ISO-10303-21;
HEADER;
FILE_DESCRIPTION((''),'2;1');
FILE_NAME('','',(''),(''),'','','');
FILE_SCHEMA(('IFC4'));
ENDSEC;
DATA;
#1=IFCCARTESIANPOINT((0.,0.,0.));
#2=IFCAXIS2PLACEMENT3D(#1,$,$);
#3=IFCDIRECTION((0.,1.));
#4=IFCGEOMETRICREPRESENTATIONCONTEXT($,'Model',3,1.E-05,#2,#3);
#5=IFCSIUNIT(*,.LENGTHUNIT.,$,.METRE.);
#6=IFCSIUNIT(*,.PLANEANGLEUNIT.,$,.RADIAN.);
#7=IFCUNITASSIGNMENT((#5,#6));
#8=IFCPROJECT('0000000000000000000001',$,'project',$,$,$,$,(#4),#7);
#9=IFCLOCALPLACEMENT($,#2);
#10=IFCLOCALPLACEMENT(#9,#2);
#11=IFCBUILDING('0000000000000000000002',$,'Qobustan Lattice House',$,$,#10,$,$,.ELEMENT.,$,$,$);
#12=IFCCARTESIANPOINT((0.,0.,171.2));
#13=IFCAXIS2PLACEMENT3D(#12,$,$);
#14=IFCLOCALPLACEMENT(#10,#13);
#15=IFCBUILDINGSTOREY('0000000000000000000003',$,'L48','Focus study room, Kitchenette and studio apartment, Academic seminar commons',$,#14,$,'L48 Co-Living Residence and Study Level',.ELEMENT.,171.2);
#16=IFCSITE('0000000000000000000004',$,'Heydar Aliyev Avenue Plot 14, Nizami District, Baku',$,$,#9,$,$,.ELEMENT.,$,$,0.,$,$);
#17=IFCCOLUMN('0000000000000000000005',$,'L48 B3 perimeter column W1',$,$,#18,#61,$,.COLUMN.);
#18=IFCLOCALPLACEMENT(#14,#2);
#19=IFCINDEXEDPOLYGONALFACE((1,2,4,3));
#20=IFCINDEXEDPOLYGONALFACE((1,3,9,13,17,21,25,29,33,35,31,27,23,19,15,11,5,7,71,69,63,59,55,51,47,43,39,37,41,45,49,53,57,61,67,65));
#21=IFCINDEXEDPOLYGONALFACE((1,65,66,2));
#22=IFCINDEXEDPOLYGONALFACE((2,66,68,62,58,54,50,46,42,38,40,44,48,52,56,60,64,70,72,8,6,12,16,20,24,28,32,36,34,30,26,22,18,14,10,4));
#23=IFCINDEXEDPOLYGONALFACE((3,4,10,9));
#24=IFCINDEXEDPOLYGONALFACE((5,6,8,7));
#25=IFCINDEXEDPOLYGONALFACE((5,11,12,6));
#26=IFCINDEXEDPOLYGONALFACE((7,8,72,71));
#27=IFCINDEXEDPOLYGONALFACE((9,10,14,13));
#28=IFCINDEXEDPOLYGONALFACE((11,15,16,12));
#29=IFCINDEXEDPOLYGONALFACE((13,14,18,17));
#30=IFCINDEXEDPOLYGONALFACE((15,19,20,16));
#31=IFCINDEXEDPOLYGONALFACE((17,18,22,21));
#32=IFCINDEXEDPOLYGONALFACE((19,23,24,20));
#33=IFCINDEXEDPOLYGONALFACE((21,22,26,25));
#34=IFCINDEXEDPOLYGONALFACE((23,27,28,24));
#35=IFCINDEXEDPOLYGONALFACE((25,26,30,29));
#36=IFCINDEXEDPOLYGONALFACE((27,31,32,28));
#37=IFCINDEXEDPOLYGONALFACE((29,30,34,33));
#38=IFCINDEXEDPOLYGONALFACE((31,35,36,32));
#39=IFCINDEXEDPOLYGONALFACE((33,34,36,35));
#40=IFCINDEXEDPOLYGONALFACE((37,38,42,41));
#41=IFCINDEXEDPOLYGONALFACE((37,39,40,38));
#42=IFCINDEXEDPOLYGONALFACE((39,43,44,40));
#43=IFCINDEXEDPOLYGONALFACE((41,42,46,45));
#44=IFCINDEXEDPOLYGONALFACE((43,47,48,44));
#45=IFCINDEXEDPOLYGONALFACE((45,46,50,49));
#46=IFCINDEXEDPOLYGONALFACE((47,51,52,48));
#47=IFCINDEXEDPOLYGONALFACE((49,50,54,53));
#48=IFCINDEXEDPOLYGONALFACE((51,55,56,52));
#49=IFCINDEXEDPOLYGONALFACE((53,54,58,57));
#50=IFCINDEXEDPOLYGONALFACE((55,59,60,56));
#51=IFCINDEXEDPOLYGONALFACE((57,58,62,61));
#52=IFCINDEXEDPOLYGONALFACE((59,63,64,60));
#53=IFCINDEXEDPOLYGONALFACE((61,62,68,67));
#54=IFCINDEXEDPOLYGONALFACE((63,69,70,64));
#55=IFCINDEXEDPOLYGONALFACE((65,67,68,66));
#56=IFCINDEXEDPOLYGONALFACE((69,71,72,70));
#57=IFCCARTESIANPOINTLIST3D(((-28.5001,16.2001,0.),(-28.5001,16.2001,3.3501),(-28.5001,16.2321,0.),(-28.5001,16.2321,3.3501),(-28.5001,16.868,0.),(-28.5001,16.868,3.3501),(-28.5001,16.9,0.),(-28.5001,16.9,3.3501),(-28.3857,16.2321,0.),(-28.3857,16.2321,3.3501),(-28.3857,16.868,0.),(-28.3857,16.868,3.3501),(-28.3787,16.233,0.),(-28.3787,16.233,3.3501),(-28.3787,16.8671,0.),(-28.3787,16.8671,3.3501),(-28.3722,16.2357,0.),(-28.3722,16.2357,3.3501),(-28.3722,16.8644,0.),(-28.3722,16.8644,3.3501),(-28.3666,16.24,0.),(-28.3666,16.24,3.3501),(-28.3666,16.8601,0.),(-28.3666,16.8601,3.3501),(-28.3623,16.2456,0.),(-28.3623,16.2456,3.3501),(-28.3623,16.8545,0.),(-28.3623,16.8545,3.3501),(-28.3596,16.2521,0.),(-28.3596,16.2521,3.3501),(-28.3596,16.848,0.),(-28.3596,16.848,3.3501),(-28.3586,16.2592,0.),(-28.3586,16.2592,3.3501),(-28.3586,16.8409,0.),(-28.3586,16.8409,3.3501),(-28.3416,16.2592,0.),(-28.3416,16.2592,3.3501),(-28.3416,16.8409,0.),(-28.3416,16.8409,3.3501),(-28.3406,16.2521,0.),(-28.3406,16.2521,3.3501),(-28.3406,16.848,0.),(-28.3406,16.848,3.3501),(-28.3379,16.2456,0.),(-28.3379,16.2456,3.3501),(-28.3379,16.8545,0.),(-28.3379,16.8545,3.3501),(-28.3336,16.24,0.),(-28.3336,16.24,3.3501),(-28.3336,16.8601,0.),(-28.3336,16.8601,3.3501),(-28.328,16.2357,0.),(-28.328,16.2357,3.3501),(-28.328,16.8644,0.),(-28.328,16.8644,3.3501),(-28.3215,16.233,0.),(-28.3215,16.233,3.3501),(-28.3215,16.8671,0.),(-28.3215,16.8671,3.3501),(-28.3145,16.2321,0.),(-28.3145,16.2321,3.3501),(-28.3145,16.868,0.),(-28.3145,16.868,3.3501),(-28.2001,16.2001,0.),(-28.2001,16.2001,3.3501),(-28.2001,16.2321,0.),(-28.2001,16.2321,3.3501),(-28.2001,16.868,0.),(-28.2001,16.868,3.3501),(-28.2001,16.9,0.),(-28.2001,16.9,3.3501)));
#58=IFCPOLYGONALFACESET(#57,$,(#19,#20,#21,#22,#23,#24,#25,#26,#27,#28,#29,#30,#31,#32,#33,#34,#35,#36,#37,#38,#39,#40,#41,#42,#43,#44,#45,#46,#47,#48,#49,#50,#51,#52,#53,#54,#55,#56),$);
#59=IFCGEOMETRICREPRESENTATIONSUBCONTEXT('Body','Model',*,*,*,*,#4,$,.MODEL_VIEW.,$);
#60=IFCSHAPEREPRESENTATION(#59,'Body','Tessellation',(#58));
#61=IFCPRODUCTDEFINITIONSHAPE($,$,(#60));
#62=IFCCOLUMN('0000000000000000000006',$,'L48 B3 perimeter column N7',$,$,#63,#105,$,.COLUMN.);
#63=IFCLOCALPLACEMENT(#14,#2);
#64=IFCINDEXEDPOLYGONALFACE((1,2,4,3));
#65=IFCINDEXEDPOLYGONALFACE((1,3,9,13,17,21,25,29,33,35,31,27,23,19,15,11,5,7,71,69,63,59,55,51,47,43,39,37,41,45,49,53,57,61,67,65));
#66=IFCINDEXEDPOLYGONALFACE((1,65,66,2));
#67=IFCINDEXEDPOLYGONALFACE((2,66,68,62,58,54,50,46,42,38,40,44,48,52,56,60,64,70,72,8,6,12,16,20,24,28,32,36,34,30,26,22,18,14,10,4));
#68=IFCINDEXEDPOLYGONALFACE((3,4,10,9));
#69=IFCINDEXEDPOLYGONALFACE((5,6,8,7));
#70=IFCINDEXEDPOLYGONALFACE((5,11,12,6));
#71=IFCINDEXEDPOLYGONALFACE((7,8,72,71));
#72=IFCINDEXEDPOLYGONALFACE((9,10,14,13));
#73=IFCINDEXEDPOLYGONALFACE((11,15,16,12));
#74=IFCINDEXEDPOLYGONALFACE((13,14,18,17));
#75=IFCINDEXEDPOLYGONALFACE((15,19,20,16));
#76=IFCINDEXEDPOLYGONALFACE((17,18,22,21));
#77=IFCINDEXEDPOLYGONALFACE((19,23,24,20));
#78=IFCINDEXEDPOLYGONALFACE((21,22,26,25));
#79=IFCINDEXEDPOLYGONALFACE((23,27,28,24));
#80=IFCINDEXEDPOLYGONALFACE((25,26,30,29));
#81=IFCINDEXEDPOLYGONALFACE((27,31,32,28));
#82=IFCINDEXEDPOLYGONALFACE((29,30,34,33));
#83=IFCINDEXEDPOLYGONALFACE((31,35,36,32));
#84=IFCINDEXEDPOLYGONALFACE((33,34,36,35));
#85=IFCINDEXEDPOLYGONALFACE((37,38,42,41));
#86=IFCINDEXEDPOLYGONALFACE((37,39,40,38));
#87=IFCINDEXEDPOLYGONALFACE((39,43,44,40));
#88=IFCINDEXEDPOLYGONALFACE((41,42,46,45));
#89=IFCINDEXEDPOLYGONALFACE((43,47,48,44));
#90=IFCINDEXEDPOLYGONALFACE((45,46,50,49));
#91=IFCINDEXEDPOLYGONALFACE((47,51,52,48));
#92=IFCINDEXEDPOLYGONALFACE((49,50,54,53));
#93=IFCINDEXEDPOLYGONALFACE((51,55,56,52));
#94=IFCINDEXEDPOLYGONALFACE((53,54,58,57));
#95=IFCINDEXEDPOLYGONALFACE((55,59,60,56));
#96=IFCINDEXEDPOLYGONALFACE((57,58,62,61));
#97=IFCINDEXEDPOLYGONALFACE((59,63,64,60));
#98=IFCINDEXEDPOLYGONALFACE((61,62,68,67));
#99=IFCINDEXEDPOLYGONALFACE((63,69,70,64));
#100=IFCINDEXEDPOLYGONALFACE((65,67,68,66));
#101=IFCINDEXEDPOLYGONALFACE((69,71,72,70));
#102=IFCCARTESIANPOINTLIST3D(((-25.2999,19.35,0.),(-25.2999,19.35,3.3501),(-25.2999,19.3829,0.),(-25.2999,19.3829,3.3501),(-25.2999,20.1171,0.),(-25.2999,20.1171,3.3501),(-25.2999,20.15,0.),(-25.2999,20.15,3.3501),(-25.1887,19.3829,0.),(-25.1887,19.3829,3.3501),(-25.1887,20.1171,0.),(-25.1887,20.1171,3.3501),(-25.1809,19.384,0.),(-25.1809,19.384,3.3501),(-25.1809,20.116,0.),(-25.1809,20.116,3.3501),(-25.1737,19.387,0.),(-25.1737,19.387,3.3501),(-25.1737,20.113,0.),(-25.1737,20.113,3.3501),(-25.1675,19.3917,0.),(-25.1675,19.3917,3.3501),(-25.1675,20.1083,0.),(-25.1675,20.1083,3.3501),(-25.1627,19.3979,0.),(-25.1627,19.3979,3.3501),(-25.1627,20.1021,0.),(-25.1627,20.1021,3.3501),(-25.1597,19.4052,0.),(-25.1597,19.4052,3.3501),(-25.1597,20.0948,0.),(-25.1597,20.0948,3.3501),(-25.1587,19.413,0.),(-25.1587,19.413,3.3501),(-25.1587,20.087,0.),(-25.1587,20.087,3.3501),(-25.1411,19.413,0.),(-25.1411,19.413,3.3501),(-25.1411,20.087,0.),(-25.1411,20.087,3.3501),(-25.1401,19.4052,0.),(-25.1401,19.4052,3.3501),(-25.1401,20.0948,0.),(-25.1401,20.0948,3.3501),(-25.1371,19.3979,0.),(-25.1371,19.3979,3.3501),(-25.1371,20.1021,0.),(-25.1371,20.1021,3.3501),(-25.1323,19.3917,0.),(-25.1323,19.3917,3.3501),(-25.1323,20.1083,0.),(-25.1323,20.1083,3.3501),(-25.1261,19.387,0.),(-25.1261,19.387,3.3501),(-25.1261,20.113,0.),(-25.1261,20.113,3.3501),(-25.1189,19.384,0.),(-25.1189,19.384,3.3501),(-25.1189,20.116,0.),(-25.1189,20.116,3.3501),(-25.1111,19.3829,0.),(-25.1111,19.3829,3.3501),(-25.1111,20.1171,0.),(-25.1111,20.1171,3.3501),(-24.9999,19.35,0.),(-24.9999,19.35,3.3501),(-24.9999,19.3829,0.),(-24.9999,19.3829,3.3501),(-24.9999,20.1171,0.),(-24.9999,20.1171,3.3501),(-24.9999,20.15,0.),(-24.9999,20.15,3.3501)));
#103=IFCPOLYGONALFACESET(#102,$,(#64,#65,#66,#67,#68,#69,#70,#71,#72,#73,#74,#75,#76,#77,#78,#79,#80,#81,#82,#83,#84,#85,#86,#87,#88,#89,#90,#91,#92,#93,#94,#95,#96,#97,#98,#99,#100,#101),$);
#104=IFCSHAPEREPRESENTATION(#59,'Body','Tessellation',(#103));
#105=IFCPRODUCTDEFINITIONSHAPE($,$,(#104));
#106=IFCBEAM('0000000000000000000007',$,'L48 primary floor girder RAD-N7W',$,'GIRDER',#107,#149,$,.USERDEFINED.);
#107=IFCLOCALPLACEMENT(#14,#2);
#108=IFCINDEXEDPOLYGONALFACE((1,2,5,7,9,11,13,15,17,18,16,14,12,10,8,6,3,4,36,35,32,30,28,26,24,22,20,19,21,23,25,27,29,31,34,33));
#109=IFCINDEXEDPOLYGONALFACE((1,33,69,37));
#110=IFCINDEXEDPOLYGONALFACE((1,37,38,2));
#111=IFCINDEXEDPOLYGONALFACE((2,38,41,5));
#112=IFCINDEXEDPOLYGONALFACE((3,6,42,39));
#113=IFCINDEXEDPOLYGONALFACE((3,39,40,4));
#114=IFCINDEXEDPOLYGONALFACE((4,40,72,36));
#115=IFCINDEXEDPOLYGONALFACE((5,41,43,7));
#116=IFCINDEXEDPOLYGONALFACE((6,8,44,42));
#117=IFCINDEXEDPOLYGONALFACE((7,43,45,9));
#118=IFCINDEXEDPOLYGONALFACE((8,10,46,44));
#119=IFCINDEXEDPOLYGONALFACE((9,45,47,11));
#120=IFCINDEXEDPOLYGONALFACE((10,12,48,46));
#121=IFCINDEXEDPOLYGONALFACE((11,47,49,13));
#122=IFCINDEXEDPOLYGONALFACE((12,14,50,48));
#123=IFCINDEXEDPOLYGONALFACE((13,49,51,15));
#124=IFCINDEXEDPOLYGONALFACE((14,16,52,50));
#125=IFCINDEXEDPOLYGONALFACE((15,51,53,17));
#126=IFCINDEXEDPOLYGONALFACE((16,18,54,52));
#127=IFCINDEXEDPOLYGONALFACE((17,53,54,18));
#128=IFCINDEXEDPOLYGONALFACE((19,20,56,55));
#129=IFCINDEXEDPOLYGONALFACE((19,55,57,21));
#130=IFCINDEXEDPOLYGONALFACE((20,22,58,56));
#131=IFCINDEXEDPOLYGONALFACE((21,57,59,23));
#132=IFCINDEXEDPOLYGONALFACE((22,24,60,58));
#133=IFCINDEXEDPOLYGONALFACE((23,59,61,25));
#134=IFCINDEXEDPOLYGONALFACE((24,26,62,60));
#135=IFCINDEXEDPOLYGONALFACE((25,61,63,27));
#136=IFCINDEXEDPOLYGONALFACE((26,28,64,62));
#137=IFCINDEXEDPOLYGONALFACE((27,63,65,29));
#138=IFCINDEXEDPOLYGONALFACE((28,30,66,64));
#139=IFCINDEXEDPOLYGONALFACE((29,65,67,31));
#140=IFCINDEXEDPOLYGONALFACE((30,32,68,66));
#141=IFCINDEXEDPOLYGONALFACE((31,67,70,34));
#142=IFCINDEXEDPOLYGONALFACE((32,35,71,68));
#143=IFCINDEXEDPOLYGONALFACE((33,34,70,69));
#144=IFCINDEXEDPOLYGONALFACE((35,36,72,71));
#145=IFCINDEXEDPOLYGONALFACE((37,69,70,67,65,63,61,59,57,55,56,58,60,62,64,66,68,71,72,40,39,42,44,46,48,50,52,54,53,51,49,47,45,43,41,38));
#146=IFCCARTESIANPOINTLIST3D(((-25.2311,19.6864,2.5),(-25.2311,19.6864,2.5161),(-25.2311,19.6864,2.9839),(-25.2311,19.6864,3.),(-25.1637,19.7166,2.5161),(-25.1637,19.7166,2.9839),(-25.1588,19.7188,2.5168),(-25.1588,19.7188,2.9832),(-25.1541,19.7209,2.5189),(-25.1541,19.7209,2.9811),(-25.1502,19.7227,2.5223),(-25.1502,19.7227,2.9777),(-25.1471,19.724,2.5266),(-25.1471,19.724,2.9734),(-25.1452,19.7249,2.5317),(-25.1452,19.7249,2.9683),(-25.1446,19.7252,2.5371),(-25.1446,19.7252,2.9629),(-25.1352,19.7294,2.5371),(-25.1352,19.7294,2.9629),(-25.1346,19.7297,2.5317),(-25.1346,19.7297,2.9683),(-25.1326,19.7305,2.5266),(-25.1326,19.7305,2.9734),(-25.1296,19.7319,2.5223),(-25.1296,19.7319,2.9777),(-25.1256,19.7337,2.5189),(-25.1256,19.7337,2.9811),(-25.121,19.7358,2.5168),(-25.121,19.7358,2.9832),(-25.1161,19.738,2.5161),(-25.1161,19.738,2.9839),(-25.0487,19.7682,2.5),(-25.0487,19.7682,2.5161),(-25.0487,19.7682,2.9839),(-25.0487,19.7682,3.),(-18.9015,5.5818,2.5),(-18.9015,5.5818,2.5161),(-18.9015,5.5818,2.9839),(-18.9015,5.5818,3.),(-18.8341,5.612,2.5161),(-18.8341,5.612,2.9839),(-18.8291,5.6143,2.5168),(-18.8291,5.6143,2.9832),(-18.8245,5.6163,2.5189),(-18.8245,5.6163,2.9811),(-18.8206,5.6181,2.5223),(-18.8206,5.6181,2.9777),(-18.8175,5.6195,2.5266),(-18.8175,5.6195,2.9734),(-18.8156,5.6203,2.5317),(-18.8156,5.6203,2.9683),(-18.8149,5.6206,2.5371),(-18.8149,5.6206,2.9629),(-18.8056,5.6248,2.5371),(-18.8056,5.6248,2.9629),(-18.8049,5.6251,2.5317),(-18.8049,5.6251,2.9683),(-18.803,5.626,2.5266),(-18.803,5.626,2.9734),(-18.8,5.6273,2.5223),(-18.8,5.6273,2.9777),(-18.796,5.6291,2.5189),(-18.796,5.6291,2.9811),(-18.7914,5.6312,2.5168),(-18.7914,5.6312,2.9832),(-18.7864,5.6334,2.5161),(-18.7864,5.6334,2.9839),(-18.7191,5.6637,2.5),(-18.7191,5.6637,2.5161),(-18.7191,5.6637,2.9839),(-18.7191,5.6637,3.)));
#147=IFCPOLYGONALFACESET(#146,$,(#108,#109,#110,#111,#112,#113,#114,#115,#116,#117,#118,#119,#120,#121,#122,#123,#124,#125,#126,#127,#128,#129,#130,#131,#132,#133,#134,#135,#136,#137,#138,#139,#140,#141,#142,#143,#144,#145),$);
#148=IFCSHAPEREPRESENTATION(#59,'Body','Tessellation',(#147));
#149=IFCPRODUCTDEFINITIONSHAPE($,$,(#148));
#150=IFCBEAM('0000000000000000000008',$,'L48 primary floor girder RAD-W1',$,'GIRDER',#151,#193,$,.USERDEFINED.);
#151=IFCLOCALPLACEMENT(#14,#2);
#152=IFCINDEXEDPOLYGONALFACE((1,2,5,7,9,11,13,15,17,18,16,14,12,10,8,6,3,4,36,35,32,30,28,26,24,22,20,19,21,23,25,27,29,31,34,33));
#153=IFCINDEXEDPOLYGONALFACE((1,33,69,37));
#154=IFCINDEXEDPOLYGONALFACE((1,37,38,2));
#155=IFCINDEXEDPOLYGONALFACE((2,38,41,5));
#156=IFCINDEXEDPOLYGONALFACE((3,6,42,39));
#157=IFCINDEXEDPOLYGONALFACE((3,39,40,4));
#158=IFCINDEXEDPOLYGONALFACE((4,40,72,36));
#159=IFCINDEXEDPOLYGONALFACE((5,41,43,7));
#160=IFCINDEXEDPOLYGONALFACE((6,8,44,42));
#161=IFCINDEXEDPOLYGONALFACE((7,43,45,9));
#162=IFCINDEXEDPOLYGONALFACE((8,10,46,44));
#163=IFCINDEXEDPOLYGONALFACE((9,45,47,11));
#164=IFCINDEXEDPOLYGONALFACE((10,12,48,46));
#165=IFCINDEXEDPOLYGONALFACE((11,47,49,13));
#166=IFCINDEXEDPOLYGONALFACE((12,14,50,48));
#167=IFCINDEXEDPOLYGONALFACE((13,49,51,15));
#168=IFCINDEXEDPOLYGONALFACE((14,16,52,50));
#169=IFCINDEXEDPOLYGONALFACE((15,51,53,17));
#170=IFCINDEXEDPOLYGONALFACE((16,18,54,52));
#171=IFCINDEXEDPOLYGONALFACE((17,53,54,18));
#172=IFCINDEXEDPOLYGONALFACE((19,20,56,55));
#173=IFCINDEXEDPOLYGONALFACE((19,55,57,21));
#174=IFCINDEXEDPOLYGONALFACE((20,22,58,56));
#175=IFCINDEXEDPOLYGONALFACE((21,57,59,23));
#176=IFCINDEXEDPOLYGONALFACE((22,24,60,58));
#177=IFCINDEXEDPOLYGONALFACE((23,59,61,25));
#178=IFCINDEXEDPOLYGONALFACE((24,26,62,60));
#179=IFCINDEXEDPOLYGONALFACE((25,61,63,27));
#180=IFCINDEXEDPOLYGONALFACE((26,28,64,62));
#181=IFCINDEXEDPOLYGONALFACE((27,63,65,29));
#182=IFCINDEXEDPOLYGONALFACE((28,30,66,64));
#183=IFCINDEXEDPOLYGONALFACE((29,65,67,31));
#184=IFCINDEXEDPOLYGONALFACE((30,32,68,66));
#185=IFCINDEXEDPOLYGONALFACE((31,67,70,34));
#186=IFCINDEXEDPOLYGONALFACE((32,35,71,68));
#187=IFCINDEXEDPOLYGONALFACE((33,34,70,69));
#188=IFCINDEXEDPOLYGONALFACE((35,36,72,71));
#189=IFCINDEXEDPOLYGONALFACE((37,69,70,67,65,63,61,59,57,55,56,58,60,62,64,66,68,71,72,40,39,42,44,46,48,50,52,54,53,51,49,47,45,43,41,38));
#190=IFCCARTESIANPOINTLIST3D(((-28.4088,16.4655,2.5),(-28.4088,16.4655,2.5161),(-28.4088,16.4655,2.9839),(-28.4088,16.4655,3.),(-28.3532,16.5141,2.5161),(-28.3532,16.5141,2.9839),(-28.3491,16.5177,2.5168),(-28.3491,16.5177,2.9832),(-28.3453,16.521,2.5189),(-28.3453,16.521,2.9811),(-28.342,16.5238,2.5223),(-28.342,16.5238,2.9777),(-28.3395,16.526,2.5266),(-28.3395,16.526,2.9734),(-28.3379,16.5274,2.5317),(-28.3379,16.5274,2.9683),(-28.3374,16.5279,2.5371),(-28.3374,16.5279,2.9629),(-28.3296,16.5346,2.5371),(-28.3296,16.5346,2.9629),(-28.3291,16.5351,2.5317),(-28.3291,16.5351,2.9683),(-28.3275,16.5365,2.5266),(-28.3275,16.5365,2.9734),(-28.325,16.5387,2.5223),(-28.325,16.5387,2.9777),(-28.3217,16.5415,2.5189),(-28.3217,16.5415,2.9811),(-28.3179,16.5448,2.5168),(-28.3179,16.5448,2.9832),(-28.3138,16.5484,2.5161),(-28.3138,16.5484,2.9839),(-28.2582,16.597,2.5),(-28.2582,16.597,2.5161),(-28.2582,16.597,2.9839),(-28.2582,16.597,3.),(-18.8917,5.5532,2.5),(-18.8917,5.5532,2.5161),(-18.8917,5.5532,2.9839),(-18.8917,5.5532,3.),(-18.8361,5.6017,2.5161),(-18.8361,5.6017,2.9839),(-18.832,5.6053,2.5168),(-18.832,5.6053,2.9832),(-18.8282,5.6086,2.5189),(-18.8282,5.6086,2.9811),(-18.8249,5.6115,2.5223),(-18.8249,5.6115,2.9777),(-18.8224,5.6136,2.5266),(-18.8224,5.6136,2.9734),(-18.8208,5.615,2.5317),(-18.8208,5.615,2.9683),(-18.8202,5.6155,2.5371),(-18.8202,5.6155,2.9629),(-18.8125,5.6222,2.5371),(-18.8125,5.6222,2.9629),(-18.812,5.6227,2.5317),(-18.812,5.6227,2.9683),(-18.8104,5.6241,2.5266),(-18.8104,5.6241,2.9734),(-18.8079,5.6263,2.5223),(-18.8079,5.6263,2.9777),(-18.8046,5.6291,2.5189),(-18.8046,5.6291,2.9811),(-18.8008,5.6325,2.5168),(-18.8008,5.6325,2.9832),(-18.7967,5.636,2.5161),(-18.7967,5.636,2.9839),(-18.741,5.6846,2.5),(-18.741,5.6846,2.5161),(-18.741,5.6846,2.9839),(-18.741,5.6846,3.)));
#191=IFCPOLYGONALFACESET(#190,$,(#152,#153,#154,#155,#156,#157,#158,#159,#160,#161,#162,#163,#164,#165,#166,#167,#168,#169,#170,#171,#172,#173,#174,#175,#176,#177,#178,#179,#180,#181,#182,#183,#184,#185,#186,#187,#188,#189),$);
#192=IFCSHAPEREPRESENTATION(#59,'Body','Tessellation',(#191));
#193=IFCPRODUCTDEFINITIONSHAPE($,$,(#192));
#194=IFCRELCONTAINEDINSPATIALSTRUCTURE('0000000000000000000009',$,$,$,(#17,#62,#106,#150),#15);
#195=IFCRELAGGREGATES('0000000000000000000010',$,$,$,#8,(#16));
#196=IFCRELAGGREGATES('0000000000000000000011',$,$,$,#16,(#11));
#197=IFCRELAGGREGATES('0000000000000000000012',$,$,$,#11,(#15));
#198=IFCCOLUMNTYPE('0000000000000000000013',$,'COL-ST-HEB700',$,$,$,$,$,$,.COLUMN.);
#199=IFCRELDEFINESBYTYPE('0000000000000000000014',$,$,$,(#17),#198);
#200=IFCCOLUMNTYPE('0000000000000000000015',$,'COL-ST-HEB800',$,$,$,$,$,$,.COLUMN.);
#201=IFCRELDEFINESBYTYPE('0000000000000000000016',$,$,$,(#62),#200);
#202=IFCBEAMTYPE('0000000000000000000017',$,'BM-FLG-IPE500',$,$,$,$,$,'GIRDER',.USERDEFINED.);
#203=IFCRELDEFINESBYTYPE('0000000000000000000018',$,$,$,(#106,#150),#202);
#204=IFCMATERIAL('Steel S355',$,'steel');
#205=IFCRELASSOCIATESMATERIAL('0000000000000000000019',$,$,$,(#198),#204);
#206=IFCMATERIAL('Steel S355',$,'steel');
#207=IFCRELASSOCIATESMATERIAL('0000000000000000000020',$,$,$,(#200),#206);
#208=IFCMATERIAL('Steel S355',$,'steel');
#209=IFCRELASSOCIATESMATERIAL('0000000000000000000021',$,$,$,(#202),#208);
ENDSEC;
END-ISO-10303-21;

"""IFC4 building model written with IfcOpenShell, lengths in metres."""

from ifc_helpers import new_model, si_unit, direction, frame, origin, origin_2d, place, context, subcontext, project, spatial, i_section, extrude, material, material_profile, profile_set, type_object, element, save


model = new_model("IFC4")

# Units and contexts
model_context = context("Model", 3, precision=1e-05, world=origin(), true_north=direction((0.0, 1.0)))
body_context = subcontext(model_context, "Body", "Model", "MODEL_VIEW")
ifc_project = project(units=[si_unit("LENGTHUNIT", "METRE"), si_unit("PLANEANGLEUNIT", "RADIAN")], contexts=[model_context])

# Site, building, storey
site_placement = place(None, origin())
site = spatial("IfcSite", under=ifc_project, at=site_placement, Name="Heydar Aliyev Avenue Plot 14, Nizami District, Baku", CompositionType="ELEMENT", RefElevation=0.0)
building_placement = place(site_placement, origin())
building = spatial("IfcBuilding", under=site, at=building_placement, Name="Qobustan Lattice House", CompositionType="ELEMENT")
storey_placement = place(building_placement, frame((0.0, 0.0, 171.2)))
storey = spatial("IfcBuildingStorey", under=building, at=storey_placement, Name="L48", Description="Focus study room, Kitchenette and studio apartment, Academic seminar commons", LongName="L48 Co-Living Residence and Study Level", CompositionType="ELEMENT", Elevation=171.2)

# Columns
ifc_material_1 = material(Name="Steel S355", Category="steel")
ifc_material_profile_1 = material_profile(ifc_material_1, i_section(OverallWidth=0.3, OverallDepth=0.7, WebThickness=0.0171, FlangeThickness=0.032, FilletRadius=0.0271, at=origin_2d()), Name="HEB700")
ifc_profile_set_1 = profile_set([ifc_material_profile_1], Name="Steel S355")
column_type_1 = type_object("IfcColumnType", Name="COL-ST-HEB700", PredefinedType="COLUMN", material=ifc_profile_set_1)
column_1_placement = place(storey_placement, frame((-28.3501, 16.55, 0.0), z_axis=(0.0, 0.0, 1.0), x_axis=(1.0, 0.0, 0.0)))
element("IfcColumn", 1, at=column_1_placement, inside=storey, type_object=column_type_1, Name="L48 B3 perimeter column W1", PredefinedType="COLUMN", context=body_context, shape_type="SweptSolid", body=[
    extrude(i_section(OverallWidth=0.3, OverallDepth=0.7, WebThickness=0.0171, FlangeThickness=0.032, FilletRadius=0.0271, at=origin_2d()), origin(), (0.0, 0.0, 1.0), 3.3501),
])
ifc_material_2 = material(Name="Steel S355", Category="steel")
ifc_material_profile_2 = material_profile(ifc_material_2, i_section(OverallWidth=0.3, OverallDepth=0.8, WebThickness=0.0176, FlangeThickness=0.033, FilletRadius=0.03, at=origin_2d()), Name="HEB800")
ifc_profile_set_2 = profile_set([ifc_material_profile_2], Name="Steel S355")
column_type_2 = type_object("IfcColumnType", Name="COL-ST-HEB800", PredefinedType="COLUMN", material=ifc_profile_set_2)
column_2_placement = place(storey_placement, frame((-25.1499, 19.75, 0.0), z_axis=(0.0, 0.0, 1.0), x_axis=(1.0, 0.0, 0.0)))
element("IfcColumn", 2, at=column_2_placement, inside=storey, type_object=column_type_2, Name="L48 B3 perimeter column N7", PredefinedType="COLUMN", context=body_context, shape_type="SweptSolid", body=[
    extrude(i_section(OverallWidth=0.3, OverallDepth=0.8, WebThickness=0.0176, FlangeThickness=0.033, FilletRadius=0.03, at=origin_2d()), origin(), (0.0, 0.0, 1.0), 3.3501),
])

# Beams
ifc_material_3 = material(Name="Steel S355", Category="steel")
ifc_material_profile_3 = material_profile(ifc_material_3, i_section(OverallWidth=0.2, OverallDepth=0.5, WebThickness=0.0103, FlangeThickness=0.0161, FilletRadius=0.021, at=origin_2d()), Name="IPE500")
ifc_profile_set_3 = profile_set([ifc_material_profile_3], Name="Steel S355")
beam_type_1 = type_object("IfcBeamType", Name="BM-FLG-IPE500", ElementType="GIRDER", PredefinedType="USERDEFINED", material=ifc_profile_set_3)
beam_1_placement = place(storey_placement, frame((-25.1399, 19.7273, 2.75), z_axis=(0.409427, -0.912343, 0.0), x_axis=(0.912343, 0.409427, 0.0)))
element("IfcBeam", 3, at=beam_1_placement, inside=storey, type_object=beam_type_1, Name="L48 primary floor girder RAD-N7W", ObjectType="GIRDER", PredefinedType="USERDEFINED", context=body_context, shape_type="SweptSolid", body=[
    extrude(i_section(OverallWidth=0.2, OverallDepth=0.5, WebThickness=0.0103, FlangeThickness=0.0161, FilletRadius=0.021, at=origin_2d()), origin(), (0.0, 0.0, 1.0), 15.4597),
])
beam_2_placement = place(storey_placement, frame((-28.3335, 16.5312, 2.75), z_axis=(0.657283, -0.753644, 0.0), x_axis=(0.753644, 0.657283, 0.0)))
element("IfcBeam", 4, at=beam_2_placement, inside=storey, type_object=beam_type_1, Name="L48 primary floor girder RAD-W1", ObjectType="GIRDER", PredefinedType="USERDEFINED", context=body_context, shape_type="SweptSolid", body=[
    extrude(i_section(OverallWidth=0.2, OverallDepth=0.5, WebThickness=0.0103, FlangeThickness=0.0161, FilletRadius=0.021, at=origin_2d()), origin(), (0.0, 0.0, 1.0), 14.4795),
])

save(model, "model.ifc")
